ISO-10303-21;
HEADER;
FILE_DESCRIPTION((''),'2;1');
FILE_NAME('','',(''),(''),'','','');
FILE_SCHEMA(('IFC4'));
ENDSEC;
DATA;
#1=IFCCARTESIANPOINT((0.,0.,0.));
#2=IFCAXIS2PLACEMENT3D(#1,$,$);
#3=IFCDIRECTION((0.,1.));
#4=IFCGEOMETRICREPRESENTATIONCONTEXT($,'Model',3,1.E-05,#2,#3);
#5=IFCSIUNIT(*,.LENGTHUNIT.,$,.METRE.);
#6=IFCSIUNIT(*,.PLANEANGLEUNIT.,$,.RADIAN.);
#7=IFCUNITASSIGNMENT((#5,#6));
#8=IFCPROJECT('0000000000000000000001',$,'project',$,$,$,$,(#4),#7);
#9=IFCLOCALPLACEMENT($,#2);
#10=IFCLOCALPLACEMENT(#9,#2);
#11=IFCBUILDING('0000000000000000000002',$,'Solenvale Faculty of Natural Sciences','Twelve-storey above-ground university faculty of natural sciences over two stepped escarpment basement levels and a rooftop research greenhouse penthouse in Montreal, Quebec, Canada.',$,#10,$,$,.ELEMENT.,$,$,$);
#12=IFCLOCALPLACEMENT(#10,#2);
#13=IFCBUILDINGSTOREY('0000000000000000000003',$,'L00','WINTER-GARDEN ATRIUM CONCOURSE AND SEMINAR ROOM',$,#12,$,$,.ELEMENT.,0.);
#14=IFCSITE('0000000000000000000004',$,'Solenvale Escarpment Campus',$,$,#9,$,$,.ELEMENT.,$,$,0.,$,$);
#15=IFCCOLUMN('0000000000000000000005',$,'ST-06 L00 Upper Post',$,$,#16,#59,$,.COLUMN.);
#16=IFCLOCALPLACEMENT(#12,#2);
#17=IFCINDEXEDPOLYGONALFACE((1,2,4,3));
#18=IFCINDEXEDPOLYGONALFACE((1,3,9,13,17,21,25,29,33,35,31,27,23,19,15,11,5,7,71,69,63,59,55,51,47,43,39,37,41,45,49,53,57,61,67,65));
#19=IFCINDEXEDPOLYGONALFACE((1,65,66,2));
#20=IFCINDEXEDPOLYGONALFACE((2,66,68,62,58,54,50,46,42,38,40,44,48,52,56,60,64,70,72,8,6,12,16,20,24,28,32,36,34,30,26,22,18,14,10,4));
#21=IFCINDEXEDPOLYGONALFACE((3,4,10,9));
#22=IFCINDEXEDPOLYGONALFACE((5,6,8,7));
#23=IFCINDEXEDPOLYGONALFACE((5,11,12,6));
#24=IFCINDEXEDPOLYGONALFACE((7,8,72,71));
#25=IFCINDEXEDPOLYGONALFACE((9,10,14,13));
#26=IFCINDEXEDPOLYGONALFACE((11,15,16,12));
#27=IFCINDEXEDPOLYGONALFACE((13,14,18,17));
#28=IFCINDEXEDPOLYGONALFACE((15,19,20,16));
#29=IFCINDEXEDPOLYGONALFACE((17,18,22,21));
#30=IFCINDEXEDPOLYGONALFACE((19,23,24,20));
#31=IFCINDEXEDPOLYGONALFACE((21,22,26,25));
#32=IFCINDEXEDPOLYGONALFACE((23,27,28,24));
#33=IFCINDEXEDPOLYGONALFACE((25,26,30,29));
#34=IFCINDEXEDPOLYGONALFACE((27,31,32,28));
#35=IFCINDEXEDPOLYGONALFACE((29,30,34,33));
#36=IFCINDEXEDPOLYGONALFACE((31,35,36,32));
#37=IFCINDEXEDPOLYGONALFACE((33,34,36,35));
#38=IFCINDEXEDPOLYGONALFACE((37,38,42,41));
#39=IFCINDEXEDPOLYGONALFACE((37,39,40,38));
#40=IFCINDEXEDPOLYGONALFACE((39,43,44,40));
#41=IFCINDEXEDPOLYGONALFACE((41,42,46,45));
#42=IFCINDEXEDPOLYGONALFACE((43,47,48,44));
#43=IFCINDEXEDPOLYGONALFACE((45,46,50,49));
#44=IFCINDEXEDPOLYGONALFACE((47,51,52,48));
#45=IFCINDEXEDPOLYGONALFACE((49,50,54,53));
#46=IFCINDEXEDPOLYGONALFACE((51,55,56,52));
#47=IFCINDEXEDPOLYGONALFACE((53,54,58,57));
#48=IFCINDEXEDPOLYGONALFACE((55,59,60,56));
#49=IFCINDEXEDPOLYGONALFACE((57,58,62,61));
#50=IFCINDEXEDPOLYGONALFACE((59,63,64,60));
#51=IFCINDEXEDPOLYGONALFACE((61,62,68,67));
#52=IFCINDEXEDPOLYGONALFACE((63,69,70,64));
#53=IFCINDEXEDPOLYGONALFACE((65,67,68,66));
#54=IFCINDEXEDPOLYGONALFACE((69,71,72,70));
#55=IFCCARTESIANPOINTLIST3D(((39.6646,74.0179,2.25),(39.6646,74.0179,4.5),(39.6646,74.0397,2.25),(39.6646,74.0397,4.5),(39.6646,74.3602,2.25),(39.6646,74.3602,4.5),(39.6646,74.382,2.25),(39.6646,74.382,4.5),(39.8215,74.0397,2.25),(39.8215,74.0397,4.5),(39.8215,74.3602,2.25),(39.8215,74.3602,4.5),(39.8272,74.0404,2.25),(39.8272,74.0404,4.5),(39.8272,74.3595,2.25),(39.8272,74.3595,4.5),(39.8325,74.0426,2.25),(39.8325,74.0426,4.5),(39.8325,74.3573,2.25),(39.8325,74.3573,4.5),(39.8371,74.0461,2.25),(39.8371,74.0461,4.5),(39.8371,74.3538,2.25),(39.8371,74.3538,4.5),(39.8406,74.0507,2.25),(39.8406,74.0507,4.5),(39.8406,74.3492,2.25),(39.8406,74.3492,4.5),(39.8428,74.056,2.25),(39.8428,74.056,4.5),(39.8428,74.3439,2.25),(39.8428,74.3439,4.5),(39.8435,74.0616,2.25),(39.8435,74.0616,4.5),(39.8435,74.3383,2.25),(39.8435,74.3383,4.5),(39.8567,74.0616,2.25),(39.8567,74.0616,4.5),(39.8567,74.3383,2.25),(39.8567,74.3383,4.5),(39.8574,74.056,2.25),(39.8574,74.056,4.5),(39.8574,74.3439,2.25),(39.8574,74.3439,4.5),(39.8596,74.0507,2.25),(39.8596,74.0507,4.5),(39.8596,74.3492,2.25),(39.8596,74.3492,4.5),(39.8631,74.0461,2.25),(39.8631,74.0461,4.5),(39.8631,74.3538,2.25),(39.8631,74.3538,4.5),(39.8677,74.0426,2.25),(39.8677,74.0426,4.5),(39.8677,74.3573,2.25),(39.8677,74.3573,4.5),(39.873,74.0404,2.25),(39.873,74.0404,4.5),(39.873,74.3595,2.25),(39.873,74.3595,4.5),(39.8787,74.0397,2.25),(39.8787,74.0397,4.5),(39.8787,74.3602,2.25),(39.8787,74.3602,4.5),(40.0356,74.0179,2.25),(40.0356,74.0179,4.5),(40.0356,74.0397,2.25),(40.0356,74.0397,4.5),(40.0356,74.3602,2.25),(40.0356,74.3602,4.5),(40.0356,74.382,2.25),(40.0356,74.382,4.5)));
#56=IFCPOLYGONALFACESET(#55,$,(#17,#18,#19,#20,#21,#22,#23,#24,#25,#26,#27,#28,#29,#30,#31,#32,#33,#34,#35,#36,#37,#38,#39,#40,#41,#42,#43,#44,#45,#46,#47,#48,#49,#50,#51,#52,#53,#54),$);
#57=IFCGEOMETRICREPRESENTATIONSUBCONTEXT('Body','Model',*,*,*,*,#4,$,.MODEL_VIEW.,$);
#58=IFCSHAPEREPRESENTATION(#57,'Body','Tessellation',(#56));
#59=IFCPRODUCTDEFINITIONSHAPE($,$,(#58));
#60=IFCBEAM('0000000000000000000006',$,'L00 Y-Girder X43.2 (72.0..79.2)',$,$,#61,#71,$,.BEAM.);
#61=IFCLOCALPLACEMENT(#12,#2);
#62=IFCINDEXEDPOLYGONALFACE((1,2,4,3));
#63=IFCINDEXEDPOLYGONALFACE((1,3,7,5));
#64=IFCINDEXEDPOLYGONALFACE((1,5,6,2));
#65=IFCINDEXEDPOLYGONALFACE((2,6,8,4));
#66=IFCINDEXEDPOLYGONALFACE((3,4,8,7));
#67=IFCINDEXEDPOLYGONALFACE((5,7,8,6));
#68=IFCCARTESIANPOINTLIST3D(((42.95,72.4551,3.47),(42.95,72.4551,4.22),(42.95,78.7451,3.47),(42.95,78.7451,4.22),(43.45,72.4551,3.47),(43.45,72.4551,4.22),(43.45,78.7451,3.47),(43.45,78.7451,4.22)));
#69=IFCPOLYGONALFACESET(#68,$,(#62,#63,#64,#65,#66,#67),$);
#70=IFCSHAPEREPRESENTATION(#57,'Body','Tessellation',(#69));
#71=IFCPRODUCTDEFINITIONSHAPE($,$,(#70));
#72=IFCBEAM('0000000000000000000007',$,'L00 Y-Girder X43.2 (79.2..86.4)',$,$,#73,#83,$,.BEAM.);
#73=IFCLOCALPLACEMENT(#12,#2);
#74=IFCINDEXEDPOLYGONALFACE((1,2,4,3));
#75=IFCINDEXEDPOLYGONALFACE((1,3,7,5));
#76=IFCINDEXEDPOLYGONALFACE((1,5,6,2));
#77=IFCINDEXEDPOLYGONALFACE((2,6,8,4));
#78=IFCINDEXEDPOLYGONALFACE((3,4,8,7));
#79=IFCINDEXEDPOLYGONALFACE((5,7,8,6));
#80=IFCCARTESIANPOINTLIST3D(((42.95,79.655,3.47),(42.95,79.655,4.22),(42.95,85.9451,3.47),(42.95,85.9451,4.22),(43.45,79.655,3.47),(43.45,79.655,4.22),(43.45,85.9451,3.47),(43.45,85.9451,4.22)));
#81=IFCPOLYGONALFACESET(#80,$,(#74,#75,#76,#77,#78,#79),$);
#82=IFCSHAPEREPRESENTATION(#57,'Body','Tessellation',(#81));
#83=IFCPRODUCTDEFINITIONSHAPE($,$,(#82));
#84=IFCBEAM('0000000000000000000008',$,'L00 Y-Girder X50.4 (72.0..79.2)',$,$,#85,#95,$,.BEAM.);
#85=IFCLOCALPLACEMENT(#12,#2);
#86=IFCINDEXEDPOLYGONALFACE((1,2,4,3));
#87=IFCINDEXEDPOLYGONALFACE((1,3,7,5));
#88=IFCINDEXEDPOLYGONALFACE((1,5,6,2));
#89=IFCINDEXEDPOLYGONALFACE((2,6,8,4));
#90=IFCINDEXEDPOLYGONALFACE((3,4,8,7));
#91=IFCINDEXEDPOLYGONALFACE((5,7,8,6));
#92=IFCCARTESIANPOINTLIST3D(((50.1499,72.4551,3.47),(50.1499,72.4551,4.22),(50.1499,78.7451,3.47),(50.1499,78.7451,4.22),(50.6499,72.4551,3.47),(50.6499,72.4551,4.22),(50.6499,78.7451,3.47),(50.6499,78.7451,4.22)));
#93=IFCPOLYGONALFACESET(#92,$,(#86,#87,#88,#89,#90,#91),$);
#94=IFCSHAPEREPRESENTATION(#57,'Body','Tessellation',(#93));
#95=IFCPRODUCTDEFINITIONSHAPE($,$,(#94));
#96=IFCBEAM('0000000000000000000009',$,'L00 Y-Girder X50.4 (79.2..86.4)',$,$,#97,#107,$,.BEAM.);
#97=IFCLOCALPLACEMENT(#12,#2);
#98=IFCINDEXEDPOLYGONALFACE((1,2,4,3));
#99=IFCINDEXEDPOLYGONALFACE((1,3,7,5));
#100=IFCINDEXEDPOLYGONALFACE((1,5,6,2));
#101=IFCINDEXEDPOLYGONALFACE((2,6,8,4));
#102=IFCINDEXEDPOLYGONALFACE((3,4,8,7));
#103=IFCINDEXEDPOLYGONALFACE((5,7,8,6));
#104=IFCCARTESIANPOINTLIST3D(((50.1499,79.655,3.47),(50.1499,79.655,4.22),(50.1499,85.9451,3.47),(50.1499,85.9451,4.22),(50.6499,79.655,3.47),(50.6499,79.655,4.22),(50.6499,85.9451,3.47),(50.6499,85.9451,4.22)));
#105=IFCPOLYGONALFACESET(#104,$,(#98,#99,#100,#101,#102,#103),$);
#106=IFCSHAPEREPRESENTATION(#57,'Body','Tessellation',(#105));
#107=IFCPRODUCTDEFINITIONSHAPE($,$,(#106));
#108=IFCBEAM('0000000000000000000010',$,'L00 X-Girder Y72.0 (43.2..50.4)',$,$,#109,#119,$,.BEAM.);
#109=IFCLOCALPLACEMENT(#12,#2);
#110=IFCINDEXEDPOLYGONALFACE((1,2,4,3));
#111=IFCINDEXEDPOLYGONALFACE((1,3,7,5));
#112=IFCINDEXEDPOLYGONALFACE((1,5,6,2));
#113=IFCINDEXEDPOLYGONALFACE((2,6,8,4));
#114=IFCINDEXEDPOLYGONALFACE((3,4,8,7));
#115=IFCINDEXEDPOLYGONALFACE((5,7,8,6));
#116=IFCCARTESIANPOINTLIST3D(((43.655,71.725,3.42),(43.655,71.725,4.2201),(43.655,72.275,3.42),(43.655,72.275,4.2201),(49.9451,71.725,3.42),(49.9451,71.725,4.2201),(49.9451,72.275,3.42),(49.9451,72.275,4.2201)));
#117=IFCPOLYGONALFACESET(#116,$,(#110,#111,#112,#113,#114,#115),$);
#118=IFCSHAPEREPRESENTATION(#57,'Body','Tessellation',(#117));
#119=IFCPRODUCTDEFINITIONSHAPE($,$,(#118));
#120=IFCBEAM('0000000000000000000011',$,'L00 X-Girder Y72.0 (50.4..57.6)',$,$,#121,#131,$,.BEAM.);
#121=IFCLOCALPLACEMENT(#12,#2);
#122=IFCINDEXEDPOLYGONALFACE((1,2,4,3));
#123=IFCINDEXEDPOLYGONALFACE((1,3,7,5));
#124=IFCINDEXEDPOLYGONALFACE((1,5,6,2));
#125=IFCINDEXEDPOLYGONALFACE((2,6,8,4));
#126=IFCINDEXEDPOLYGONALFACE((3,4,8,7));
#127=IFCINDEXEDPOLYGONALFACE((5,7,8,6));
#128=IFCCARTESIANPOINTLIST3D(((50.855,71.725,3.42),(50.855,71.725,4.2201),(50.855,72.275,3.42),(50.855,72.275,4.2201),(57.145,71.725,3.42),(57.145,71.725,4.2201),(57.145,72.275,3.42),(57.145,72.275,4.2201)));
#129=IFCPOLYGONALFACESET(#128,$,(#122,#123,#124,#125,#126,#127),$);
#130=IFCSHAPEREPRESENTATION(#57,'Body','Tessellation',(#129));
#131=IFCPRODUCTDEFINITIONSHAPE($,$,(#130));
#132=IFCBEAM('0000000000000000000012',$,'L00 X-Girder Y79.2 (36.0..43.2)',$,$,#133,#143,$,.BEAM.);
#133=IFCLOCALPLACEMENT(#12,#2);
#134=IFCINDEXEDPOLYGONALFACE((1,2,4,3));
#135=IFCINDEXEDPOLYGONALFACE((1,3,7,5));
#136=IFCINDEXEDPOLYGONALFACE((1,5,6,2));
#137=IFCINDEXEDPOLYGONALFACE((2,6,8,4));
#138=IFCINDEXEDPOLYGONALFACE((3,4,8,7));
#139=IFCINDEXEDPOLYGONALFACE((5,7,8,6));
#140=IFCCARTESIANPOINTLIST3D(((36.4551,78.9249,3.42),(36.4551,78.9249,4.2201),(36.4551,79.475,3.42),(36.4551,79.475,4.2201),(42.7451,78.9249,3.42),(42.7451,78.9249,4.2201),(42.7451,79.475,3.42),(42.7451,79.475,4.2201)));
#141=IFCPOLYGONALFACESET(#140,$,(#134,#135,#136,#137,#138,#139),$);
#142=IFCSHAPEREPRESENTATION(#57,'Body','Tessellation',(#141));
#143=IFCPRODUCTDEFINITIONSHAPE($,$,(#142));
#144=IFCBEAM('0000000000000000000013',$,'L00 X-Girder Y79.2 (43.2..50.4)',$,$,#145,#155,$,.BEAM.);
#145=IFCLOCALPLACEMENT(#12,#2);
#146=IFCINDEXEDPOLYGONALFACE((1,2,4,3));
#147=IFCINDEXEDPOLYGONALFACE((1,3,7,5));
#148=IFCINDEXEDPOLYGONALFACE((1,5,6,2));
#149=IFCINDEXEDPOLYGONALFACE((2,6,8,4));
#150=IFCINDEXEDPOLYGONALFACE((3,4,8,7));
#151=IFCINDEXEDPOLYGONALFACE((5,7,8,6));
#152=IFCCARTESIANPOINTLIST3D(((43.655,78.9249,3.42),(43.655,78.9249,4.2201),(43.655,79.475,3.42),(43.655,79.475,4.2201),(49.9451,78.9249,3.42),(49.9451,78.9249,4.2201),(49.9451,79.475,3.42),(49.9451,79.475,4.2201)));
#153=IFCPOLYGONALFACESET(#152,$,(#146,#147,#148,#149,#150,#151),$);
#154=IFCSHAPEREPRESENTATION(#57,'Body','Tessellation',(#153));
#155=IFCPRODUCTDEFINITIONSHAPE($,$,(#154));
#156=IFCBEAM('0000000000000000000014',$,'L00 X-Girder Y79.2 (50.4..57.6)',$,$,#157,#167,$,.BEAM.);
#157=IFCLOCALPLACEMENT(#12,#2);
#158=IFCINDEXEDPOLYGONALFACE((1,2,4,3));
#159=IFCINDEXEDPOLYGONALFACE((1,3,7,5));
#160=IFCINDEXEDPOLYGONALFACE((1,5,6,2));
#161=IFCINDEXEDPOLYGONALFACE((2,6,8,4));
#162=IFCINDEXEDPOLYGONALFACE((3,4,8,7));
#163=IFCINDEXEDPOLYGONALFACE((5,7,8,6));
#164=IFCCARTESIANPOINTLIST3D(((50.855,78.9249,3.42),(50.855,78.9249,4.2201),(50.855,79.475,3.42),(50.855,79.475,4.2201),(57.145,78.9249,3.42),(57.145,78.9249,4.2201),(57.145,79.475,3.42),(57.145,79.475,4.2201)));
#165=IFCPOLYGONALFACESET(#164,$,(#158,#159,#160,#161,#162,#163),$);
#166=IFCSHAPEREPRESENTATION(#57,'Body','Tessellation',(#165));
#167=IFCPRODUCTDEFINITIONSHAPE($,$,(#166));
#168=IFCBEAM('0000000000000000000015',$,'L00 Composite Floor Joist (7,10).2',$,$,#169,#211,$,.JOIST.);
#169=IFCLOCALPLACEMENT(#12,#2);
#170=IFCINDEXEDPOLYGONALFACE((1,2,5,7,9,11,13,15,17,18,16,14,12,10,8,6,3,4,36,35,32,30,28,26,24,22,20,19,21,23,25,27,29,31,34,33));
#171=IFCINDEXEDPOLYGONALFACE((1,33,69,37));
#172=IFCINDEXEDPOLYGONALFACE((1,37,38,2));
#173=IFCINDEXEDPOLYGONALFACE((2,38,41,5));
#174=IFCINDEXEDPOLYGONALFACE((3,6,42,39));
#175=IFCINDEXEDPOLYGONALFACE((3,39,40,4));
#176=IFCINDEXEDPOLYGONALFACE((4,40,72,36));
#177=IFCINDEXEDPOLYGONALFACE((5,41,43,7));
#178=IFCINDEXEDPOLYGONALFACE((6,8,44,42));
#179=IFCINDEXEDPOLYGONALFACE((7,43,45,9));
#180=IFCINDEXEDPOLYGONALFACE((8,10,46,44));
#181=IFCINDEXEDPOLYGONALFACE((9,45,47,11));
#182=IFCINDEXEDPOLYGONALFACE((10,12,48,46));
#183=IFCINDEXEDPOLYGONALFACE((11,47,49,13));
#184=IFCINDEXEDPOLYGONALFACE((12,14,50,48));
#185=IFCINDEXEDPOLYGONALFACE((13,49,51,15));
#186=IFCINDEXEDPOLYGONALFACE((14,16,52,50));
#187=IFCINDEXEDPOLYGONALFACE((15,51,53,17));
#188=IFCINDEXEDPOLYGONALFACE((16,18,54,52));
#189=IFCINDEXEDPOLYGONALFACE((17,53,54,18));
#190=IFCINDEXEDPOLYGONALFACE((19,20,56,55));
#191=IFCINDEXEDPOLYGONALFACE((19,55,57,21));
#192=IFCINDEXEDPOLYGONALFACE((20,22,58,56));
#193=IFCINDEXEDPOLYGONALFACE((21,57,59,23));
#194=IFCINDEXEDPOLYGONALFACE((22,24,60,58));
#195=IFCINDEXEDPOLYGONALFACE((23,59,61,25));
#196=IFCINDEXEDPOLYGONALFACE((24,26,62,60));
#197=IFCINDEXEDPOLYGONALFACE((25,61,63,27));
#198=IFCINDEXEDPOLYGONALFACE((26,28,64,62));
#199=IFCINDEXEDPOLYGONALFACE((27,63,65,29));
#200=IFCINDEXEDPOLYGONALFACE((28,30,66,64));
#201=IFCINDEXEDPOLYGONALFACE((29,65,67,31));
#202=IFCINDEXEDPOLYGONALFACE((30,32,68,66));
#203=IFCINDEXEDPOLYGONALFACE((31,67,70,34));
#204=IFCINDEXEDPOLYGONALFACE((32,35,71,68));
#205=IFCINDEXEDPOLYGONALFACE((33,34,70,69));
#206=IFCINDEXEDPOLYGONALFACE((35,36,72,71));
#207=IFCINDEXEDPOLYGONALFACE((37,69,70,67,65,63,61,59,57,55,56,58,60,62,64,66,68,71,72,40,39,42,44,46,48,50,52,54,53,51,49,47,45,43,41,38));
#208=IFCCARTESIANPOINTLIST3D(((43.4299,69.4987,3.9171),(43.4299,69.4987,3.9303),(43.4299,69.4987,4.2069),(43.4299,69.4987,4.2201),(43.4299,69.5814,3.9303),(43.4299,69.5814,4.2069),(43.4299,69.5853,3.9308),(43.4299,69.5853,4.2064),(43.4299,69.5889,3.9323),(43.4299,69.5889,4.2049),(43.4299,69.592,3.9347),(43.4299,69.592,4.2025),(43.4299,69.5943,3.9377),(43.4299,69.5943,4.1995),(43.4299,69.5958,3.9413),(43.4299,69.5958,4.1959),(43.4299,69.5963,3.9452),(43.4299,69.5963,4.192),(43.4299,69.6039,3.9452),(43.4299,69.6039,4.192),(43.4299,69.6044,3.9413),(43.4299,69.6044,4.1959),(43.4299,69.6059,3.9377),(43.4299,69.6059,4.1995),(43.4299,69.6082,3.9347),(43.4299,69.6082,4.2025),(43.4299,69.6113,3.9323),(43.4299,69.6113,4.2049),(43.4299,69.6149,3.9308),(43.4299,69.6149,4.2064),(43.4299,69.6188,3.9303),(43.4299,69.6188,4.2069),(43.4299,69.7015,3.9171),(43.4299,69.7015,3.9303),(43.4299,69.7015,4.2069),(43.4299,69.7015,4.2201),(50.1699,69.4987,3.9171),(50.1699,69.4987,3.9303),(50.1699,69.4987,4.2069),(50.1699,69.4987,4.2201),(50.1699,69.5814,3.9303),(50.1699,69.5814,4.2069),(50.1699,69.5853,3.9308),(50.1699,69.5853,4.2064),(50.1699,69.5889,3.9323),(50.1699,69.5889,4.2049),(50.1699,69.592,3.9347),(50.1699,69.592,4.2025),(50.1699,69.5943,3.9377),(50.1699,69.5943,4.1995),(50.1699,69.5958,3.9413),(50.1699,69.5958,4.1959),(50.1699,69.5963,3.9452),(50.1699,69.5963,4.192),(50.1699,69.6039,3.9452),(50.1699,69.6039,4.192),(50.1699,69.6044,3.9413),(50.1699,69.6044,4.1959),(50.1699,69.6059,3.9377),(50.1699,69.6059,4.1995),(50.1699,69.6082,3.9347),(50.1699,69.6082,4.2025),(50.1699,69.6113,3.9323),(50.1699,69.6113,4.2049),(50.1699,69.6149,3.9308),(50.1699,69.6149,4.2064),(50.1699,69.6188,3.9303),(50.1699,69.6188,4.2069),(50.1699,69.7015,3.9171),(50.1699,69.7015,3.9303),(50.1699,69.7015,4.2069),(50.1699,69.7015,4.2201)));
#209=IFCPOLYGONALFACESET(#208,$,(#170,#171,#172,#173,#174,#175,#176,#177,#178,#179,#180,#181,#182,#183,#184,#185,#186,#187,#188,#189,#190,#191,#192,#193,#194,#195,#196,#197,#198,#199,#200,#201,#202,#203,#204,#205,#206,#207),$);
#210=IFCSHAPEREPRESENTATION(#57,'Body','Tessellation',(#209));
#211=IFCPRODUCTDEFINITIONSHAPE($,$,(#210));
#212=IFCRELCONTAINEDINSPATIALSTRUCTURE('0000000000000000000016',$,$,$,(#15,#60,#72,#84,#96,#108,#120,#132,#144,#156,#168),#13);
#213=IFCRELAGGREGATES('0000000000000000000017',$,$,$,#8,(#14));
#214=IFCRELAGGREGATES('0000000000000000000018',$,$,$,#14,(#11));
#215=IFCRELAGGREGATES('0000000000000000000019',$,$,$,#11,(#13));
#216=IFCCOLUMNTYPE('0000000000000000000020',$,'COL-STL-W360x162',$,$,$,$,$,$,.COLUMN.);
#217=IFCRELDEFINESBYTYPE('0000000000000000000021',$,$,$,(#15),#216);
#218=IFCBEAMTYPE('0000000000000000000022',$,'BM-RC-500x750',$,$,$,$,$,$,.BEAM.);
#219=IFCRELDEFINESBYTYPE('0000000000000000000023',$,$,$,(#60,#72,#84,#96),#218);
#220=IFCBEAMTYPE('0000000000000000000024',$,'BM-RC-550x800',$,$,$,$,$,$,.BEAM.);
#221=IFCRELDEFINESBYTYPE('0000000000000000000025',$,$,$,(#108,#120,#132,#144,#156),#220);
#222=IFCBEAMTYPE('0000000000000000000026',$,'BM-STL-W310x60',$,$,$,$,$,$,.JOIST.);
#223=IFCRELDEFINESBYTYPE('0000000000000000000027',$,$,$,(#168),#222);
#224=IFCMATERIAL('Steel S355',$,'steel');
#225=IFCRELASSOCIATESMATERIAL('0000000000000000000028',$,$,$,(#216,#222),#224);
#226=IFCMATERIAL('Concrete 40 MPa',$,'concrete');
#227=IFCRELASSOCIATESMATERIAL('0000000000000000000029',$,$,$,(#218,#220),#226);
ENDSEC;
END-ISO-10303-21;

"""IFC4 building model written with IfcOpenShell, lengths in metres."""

from ifc_helpers import new_model, si_unit, direction, frame, origin, origin_2d, place, context, subcontext, project, spatial, rectangle, i_section, extrude, material, material_profile, profile_set, type_object, element, save


model = new_model("IFC4")

# Units and contexts
model_context = context("Model", 3, precision=1e-05, world=origin(), true_north=direction((0.0, 1.0)))
body_context = subcontext(model_context, "Body", "Model", "MODEL_VIEW")
ifc_project = project(units=[si_unit("LENGTHUNIT", "METRE"), si_unit("PLANEANGLEUNIT", "RADIAN")], contexts=[model_context])

# Site, building, storey
site_placement = place(None, origin())
site = spatial("IfcSite", under=ifc_project, at=site_placement, Name="Solenvale Escarpment Campus", CompositionType="ELEMENT", RefElevation=0.0)
building_placement = place(site_placement, origin())
building = spatial("IfcBuilding", under=site, at=building_placement, Name="Solenvale Faculty of Natural Sciences", Description="Twelve-storey above-ground university faculty of natural sciences over two stepped escarpment basement levels and a rooftop research greenhouse penthouse in Montreal, Quebec, Canada.", CompositionType="ELEMENT")
storey_placement = place(building_placement, origin())
storey = spatial("IfcBuildingStorey", under=building, at=storey_placement, Name="L00", Description="WINTER-GARDEN ATRIUM CONCOURSE AND SEMINAR ROOM", CompositionType="ELEMENT", Elevation=0.0)

# Column
ifc_material_1 = material(Name="Steel S355", Category="steel")
ifc_material_profile_1 = material_profile(ifc_material_1, i_section(OverallWidth=0.3711, OverallDepth=0.364, WebThickness=0.0132, FlangeThickness=0.0217, FilletRadius=0.022, at=origin_2d()), Name="W360x162")
ifc_profile_set_1 = profile_set([ifc_material_profile_1], Name="Steel S355")
column_type_1 = type_object("IfcColumnType", Name="COL-STL-W360x162", PredefinedType="COLUMN", material=ifc_profile_set_1)
column_1_placement = place(storey_placement, frame((39.8501, 74.2, 2.25), z_axis=(0.0, 0.0, 1.0), x_axis=(1.0, 0.0, 0.0)))
element("IfcColumn", 1, at=column_1_placement, inside=storey, type_object=column_type_1, Name="ST-06 L00 Upper Post", PredefinedType="COLUMN", context=body_context, shape_type="SweptSolid", body=[
    extrude(i_section(OverallWidth=0.3711, OverallDepth=0.364, WebThickness=0.0132, FlangeThickness=0.0217, FilletRadius=0.022, at=origin_2d()), origin(), (0.0, 0.0, 1.0), 2.25),
])

# Beams
ifc_material_2 = material(Name="Concrete 40 MPa", Category="concrete")
ifc_material_profile_2 = material_profile(ifc_material_2, rectangle(XDim=0.5, YDim=0.75, at=origin_2d()), Name="RC-BM-500x750")
ifc_profile_set_2 = profile_set([ifc_material_profile_2], Name="Concrete 40 MPa")
beam_type_1 = type_object("IfcBeamType", Name="BM-RC-500x750", PredefinedType="BEAM", material=ifc_profile_set_2)
for number, where, z_axis, x_axis, name in (
    (2, (43.2, 72.4551, 3.845), (0.0, 1.0, 0.0), (-1.0, 0.0, 0.0), "L00 Y-Girder X43.2 (72.0..79.2)"),
    (3, (43.2, 79.655, 3.845), (0.0, 1.0, 0.0), (-1.0, 0.0, 0.0), "L00 Y-Girder X43.2 (79.2..86.4)"),
    (4, (50.3999, 72.4551, 3.845), (0.0, 1.0, 0.0), (-1.0, 0.0, 0.0), "L00 Y-Girder X50.4 (72.0..79.2)"),
    (5, (50.3999, 79.655, 3.845), (0.0, 1.0, 0.0), (-1.0, 0.0, 0.0), "L00 Y-Girder X50.4 (79.2..86.4)"),
):
    element("IfcBeam", number, at=place(storey_placement, frame(where, z_axis=z_axis, x_axis=x_axis)), inside=storey, type_object=beam_type_1, Name=name, PredefinedType="BEAM", context=body_context, shape_type="SweptSolid", body=[
        extrude(rectangle(XDim=0.5, YDim=0.75, at=origin_2d()), origin(), (0.0, 0.0, 1.0), 6.29),
    ])
ifc_material_profile_3 = material_profile(ifc_material_2, rectangle(XDim=0.55, YDim=0.8, at=origin_2d()), Name="RC-BM-550x800")
ifc_profile_set_3 = profile_set([ifc_material_profile_3], Name="Concrete 40 MPa")
beam_type_2 = type_object("IfcBeamType", Name="BM-RC-550x800", PredefinedType="BEAM", material=ifc_profile_set_3)
for number, where, z_axis, x_axis, name in (
    (6, (43.655, 72.0, 3.8201), (1.0, 0.0, 0.0), (0.0, 1.0, 0.0), "L00 X-Girder Y72.0 (43.2..50.4)"),
    (7, (50.855, 72.0, 3.8201), (1.0, 0.0, 0.0), (0.0, 1.0, 0.0), "L00 X-Girder Y72.0 (50.4..57.6)"),
    (8, (36.4551, 79.2, 3.8201), (1.0, 0.0, 0.0), (0.0, 1.0, 0.0), "L00 X-Girder Y79.2 (36.0..43.2)"),
    (9, (43.655, 79.2, 3.8201), (1.0, 0.0, 0.0), (0.0, 1.0, 0.0), "L00 X-Girder Y79.2 (43.2..50.4)"),
    (10, (50.855, 79.2, 3.8201), (1.0, 0.0, 0.0), (0.0, 1.0, 0.0), "L00 X-Girder Y79.2 (50.4..57.6)"),
):
    element("IfcBeam", number, at=place(storey_placement, frame(where, z_axis=z_axis, x_axis=x_axis)), inside=storey, type_object=beam_type_2, Name=name, PredefinedType="BEAM", context=body_context, shape_type="SweptSolid", body=[
        extrude(rectangle(XDim=0.55, YDim=0.8, at=origin_2d()), origin(), (0.0, 0.0, 1.0), 6.29),
    ])
ifc_material_profile_4 = material_profile(ifc_material_1, i_section(OverallWidth=0.2029, OverallDepth=0.303, WebThickness=0.0076, FlangeThickness=0.0132, FilletRadius=0.0149, at=origin_2d()), Name="W310x60")
ifc_profile_set_4 = profile_set([ifc_material_profile_4], Name="Steel S355")
beam_type_3 = type_object("IfcBeamType", Name="BM-STL-W310x60", PredefinedType="JOIST", material=ifc_profile_set_4)
beam_1_placement = place(storey_placement, frame((43.4299, 69.6001, 4.0686), z_axis=(1.0, 0.0, 0.0), x_axis=(0.0, 1.0, 0.0)))
element("IfcBeam", 11, at=beam_1_placement, inside=storey, type_object=beam_type_3, Name="L00 Composite Floor Joist (7,10).2", PredefinedType="JOIST", context=body_context, shape_type="SweptSolid", body=[
    extrude(i_section(OverallWidth=0.2029, OverallDepth=0.303, WebThickness=0.0076, FlangeThickness=0.0132, FilletRadius=0.0149, at=origin_2d()), origin(), (0.0, 0.0, 1.0), 6.74),
])

save(model, "model.ifc")
